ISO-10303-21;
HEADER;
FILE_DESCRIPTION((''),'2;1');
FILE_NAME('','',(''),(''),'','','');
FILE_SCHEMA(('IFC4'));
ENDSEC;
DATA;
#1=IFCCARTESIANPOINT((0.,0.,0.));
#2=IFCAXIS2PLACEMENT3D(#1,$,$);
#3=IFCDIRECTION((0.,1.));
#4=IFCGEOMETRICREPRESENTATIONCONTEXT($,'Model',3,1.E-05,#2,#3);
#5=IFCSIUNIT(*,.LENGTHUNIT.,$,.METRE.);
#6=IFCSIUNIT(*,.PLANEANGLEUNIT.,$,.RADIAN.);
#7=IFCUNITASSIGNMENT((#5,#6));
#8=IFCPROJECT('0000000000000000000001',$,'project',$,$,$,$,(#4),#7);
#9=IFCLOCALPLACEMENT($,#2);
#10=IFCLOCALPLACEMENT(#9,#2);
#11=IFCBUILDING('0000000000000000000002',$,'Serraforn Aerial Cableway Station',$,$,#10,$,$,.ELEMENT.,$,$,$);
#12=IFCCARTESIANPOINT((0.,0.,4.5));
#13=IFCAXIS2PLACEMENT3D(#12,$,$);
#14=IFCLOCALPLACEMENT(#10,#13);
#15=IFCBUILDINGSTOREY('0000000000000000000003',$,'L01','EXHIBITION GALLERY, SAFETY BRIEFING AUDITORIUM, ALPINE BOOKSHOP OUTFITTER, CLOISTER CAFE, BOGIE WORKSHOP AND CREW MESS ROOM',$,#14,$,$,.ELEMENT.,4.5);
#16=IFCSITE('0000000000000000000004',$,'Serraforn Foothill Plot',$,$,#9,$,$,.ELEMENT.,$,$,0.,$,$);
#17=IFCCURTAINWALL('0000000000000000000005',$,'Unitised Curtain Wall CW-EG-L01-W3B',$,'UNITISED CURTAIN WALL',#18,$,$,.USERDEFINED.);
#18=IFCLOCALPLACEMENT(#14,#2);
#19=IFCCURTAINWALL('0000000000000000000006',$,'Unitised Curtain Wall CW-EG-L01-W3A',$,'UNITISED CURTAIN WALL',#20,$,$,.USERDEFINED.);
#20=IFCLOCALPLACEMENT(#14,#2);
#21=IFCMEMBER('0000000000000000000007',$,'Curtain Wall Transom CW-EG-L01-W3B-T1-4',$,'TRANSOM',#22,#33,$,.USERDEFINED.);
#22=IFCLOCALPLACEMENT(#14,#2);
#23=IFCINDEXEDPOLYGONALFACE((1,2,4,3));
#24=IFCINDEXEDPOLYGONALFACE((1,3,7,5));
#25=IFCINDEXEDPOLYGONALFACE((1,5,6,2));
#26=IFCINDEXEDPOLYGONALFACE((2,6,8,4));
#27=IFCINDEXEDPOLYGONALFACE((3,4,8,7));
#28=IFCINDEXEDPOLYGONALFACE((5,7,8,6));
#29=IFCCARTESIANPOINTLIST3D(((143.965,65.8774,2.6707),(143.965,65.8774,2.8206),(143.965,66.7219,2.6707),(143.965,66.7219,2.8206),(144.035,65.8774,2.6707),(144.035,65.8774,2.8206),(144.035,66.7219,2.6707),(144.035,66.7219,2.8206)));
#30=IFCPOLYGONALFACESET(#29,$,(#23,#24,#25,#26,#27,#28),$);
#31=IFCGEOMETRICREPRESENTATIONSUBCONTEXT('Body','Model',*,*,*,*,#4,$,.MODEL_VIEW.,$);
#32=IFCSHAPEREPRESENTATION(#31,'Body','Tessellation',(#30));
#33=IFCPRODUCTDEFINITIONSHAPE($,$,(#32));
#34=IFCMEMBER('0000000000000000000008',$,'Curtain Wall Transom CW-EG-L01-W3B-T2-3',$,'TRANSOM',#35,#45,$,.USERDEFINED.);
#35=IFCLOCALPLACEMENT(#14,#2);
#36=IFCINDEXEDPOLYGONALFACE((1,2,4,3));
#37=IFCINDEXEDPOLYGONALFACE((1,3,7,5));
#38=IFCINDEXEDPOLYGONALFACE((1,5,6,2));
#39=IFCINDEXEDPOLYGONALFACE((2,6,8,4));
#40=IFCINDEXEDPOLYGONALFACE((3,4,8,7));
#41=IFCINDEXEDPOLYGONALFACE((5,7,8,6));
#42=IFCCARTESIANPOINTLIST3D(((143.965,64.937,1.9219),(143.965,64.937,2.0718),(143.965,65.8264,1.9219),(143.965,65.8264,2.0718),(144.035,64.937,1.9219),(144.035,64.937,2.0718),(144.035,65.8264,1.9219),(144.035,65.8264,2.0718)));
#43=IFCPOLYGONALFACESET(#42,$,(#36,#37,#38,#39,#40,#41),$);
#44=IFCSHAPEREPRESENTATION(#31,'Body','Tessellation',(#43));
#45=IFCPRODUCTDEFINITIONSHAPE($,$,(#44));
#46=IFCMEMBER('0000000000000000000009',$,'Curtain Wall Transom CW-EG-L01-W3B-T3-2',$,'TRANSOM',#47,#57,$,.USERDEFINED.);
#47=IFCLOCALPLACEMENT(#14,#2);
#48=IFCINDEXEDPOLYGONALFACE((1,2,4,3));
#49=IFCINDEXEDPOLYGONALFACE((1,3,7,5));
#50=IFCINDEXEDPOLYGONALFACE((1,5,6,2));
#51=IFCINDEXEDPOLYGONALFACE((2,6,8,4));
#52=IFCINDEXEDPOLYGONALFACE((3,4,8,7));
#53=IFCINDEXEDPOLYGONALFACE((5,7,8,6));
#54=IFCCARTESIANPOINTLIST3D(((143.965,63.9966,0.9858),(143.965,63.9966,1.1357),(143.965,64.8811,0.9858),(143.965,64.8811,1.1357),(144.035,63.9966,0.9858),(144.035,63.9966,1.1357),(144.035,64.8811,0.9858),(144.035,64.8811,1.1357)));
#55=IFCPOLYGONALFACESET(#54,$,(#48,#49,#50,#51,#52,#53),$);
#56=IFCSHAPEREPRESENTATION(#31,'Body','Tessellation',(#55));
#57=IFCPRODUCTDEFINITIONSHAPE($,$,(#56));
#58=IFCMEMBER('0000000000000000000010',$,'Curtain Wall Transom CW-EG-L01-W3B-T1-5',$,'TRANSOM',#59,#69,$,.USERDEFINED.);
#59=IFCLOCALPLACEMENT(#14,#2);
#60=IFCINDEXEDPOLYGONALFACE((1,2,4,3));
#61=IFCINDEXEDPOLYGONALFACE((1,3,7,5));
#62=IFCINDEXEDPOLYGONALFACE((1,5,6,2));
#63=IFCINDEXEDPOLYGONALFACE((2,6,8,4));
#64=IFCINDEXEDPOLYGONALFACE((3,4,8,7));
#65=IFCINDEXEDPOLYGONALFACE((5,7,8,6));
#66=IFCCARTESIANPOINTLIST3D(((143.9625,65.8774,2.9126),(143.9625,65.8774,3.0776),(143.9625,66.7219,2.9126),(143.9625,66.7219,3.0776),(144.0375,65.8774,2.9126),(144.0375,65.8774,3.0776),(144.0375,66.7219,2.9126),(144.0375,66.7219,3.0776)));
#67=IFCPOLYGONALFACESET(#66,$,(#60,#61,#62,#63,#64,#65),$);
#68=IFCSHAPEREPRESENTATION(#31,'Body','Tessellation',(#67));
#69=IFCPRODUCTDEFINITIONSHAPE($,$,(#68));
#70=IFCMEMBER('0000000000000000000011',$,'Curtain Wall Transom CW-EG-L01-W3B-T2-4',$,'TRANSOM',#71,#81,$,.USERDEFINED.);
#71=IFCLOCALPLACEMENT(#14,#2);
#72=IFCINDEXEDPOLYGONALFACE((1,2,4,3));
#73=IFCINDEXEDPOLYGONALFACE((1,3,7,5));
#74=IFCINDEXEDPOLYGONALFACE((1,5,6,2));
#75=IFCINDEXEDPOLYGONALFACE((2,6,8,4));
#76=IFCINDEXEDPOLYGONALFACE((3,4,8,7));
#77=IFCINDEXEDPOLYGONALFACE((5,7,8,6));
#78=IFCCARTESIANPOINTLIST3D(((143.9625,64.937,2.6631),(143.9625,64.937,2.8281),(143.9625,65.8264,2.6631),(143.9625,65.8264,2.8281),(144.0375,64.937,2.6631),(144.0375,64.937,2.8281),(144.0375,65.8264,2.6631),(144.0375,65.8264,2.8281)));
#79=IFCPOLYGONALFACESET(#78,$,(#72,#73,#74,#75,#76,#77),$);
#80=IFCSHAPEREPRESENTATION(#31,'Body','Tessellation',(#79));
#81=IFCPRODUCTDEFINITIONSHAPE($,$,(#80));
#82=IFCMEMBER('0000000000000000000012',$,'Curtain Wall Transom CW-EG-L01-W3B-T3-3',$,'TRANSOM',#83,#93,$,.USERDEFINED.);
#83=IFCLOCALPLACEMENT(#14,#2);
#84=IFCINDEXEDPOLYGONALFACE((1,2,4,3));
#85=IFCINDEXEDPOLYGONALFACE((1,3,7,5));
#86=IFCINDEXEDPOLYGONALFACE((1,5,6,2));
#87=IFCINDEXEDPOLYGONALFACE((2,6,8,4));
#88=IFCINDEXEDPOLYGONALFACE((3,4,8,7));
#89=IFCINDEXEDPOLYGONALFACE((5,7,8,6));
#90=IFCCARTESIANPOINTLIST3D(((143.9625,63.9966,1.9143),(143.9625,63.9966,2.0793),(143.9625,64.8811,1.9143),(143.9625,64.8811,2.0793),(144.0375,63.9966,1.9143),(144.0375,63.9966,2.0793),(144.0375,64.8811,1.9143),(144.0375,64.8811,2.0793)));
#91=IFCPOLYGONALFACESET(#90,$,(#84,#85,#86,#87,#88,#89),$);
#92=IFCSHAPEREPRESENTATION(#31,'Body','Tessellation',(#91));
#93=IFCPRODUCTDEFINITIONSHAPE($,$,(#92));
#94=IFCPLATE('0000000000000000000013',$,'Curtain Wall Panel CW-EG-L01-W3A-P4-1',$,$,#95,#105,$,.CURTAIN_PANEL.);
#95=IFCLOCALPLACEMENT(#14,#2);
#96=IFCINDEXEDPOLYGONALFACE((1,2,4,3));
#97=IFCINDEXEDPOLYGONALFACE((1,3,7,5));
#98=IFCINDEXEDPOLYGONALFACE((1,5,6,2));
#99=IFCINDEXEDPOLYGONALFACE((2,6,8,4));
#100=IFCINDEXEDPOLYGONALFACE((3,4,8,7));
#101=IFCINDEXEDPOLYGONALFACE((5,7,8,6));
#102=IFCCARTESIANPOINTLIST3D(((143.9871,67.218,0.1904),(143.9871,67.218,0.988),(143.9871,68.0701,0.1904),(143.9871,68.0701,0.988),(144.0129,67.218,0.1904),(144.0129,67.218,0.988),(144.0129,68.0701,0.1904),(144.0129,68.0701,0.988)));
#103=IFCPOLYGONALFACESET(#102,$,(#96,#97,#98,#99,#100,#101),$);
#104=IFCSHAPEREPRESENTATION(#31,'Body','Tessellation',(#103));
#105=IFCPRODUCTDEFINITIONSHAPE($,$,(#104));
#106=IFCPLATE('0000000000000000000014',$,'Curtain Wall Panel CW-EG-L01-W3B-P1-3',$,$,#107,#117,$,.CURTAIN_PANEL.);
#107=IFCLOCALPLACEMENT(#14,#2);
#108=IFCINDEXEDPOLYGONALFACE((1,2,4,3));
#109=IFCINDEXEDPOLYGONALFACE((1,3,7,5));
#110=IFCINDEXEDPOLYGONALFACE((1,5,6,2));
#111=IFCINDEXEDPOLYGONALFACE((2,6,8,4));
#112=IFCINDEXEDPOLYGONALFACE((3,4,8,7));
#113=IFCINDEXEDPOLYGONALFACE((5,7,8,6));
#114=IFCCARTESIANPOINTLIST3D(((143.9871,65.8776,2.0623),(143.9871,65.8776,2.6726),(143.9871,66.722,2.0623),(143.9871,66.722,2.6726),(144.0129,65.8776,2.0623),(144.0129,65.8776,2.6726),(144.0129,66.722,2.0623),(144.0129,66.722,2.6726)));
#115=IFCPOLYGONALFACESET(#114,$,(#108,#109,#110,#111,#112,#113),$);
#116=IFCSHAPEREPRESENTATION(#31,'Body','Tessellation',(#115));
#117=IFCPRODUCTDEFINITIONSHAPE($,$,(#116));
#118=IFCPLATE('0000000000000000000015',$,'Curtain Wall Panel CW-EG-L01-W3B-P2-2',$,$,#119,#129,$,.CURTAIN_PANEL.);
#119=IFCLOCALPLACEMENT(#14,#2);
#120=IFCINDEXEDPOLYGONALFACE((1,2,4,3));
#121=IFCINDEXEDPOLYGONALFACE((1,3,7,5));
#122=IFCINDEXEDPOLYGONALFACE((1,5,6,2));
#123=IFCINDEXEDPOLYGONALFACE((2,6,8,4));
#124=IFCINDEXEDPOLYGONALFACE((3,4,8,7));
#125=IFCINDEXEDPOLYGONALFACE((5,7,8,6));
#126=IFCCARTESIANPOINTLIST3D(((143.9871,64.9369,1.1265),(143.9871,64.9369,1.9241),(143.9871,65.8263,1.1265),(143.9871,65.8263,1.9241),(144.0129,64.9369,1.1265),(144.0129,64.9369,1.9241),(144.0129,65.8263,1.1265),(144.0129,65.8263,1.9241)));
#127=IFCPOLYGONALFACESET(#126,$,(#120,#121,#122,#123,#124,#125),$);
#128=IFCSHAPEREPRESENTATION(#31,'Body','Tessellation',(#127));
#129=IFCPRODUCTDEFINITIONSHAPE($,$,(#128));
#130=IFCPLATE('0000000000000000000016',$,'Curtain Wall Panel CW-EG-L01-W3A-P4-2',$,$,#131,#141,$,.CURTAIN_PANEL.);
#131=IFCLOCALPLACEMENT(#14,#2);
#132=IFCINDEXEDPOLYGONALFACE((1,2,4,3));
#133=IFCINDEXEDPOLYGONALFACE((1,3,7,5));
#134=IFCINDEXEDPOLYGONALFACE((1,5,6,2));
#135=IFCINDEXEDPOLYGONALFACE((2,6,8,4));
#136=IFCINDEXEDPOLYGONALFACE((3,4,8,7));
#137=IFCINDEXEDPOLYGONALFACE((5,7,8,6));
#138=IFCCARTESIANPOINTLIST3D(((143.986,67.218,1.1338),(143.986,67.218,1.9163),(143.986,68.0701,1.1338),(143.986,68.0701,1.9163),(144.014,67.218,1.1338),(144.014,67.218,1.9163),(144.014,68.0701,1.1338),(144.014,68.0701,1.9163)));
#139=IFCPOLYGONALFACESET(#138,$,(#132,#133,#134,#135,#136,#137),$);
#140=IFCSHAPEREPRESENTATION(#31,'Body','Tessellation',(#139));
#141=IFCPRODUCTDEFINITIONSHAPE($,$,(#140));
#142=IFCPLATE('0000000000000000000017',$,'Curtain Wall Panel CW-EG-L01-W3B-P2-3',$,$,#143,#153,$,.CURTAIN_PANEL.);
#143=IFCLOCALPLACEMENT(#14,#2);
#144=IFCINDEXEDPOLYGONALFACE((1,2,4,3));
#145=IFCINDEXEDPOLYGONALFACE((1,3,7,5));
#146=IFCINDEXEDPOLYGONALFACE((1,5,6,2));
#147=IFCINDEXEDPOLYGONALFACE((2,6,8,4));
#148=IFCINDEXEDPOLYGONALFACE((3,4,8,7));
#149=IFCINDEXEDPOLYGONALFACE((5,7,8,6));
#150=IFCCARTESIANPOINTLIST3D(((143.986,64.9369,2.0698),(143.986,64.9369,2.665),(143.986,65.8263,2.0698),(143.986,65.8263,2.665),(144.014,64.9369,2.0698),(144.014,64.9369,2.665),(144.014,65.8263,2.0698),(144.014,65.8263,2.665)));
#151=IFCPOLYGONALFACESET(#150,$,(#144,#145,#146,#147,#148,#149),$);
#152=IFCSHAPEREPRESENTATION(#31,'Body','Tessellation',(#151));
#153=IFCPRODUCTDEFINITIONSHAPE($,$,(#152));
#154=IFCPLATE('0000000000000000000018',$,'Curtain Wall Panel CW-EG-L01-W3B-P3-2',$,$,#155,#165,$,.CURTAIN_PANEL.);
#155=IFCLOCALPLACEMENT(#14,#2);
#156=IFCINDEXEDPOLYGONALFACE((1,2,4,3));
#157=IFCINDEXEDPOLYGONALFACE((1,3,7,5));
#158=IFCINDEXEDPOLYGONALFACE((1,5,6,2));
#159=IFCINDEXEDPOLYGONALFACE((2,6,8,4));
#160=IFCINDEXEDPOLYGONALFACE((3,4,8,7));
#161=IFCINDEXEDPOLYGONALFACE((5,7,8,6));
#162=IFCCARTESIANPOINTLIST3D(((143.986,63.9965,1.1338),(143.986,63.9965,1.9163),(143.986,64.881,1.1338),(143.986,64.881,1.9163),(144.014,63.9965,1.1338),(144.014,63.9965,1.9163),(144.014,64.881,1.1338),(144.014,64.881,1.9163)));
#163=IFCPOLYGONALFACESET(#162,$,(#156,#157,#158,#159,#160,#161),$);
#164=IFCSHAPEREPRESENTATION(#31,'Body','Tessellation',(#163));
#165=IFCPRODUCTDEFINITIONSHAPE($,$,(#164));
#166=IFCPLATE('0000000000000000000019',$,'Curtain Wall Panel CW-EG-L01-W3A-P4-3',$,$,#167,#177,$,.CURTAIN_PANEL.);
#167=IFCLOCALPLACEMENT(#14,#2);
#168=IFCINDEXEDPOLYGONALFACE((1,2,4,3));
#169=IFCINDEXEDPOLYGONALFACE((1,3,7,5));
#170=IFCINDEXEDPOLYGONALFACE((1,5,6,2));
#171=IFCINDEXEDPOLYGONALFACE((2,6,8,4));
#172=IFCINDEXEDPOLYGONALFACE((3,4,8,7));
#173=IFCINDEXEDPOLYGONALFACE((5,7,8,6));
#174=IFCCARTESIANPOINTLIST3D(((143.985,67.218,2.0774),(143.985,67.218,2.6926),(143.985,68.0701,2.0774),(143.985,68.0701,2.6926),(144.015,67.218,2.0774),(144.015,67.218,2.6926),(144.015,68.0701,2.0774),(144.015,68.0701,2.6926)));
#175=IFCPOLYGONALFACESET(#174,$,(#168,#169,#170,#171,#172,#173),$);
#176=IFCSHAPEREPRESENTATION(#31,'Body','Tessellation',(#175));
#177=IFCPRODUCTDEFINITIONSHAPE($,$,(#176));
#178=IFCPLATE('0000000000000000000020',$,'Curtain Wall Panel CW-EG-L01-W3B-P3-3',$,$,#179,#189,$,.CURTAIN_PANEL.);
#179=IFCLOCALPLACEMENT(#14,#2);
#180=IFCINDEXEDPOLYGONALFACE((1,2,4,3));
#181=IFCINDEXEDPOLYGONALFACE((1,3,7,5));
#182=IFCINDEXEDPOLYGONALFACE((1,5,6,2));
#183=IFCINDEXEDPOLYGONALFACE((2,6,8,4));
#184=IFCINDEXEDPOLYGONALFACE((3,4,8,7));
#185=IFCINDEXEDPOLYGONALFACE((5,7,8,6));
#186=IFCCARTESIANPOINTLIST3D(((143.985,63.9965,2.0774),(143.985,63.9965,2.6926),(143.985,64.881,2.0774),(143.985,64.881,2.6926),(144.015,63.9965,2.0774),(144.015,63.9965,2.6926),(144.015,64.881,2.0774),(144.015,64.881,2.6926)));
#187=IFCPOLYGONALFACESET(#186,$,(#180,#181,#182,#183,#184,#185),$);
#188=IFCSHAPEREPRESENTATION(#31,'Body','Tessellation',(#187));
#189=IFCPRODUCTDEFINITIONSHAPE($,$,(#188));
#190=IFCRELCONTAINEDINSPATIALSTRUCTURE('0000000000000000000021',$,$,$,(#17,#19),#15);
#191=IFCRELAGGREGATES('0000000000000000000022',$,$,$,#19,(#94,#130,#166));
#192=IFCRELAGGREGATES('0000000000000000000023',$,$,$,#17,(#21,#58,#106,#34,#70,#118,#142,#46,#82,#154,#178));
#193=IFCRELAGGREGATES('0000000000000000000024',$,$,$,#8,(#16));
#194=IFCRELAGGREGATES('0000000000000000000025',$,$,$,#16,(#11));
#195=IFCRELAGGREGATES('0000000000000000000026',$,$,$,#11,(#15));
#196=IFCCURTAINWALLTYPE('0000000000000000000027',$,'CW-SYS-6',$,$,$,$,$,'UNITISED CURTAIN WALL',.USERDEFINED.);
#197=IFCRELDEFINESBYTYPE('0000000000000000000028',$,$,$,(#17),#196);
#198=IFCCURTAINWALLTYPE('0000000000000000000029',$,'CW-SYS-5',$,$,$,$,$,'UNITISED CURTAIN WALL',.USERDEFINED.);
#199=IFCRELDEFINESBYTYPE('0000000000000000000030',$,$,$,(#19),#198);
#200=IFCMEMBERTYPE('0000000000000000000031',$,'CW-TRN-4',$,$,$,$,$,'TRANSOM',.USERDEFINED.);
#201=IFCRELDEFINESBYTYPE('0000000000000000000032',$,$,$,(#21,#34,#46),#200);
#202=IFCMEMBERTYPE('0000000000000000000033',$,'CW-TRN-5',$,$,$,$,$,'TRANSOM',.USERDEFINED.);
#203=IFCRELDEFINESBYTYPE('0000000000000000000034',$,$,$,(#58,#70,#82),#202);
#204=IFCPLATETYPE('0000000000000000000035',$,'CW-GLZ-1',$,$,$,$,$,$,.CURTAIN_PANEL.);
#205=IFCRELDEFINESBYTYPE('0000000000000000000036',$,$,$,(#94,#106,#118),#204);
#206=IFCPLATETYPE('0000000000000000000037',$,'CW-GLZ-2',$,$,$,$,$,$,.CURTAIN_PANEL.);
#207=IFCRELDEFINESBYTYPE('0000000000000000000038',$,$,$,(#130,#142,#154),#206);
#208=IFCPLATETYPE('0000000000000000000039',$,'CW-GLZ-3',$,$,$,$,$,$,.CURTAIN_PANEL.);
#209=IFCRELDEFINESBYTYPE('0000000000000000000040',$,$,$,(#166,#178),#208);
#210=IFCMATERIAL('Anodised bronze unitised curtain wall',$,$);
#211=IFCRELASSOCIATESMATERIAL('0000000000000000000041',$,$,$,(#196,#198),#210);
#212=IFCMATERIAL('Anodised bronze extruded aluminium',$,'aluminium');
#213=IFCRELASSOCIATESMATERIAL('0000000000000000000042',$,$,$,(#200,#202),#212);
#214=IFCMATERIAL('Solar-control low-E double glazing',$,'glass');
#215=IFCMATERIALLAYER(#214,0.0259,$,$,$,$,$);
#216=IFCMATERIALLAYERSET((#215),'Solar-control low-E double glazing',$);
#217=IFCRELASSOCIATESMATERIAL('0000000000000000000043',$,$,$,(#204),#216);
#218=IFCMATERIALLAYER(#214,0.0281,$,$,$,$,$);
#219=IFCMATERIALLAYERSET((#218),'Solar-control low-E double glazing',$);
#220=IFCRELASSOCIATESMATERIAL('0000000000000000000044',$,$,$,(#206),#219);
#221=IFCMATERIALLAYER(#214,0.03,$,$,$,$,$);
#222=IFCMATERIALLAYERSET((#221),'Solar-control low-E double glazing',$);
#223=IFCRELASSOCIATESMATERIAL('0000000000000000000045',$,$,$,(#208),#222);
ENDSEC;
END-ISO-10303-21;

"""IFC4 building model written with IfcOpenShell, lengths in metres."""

from ifc_helpers import new_model, si_unit, direction, frame, origin, origin_2d, place, context, subcontext, project, spatial, rectangle, extrude, material, layer, layer_set, material_profile, profile_set, type_object, element, aggregate, save


model = new_model("IFC4")

# Units and contexts
model_context = context("Model", 3, precision=1e-05, world=origin(), true_north=direction((0.0, 1.0)))
body_context = subcontext(model_context, "Body", "Model", "MODEL_VIEW")
ifc_project = project(units=[si_unit("LENGTHUNIT", "METRE"), si_unit("PLANEANGLEUNIT", "RADIAN")], contexts=[model_context])

# Site, building, storey
site_placement = place(None, origin())
site = spatial("IfcSite", under=ifc_project, at=site_placement, Name="Serraforn Foothill Plot", CompositionType="ELEMENT", RefElevation=0.0)
building_placement = place(site_placement, origin())
building = spatial("IfcBuilding", under=site, at=building_placement, Name="Serraforn Aerial Cableway Station", CompositionType="ELEMENT")
storey_placement = place(building_placement, frame((0.0, 0.0, 4.5)))
storey = spatial("IfcBuildingStorey", under=building, at=storey_placement, Name="L01", Description="EXHIBITION GALLERY, SAFETY BRIEFING AUDITORIUM, ALPINE BOOKSHOP OUTFITTER, CLOISTER CAFE, BOGIE WORKSHOP AND CREW MESS ROOM", CompositionType="ELEMENT", Elevation=4.5)

# Curtain wall
ifc_material_1 = material(Name="Anodised bronze unitised curtain wall")
curtain_wall_type_1 = type_object("IfcCurtainWallType", Name="CW-SYS-6", ElementType="UNITISED CURTAIN WALL", PredefinedType="USERDEFINED", material=ifc_material_1)
curtain_wall_1_placement = place(storey_placement, origin())
curtain_wall_1 = element("IfcCurtainWall", 1, at=curtain_wall_1_placement, inside=storey, type_object=curtain_wall_type_1, Name="Unitised Curtain Wall CW-EG-L01-W3B", ObjectType="UNITISED CURTAIN WALL", PredefinedType="USERDEFINED")
ifc_material_2 = material(Name="Anodised bronze extruded aluminium", Category="aluminium")

# Curtain wall
curtain_wall_type_2 = type_object("IfcCurtainWallType", Name="CW-SYS-5", ElementType="UNITISED CURTAIN WALL", PredefinedType="USERDEFINED", material=ifc_material_1)
curtain_wall_2_placement = place(storey_placement, origin())
curtain_wall_2 = element("IfcCurtainWall", 2, at=curtain_wall_2_placement, inside=storey, type_object=curtain_wall_type_2, Name="Unitised Curtain Wall CW-EG-L01-W3A", ObjectType="UNITISED CURTAIN WALL", PredefinedType="USERDEFINED")

# Members
ifc_material_profile_1 = material_profile(ifc_material_2, rectangle(XDim=0.0701, YDim=0.1499, at=origin_2d()), Name="CW TRANSOM 70x150")
ifc_profile_set_1 = profile_set([ifc_material_profile_1], Name="Anodised bronze extruded aluminium")
member_type_1 = type_object("IfcMemberType", Name="CW-TRN-4", ElementType="TRANSOM", PredefinedType="USERDEFINED", material=ifc_profile_set_1)
member_1_placement = place(storey_placement, frame((144.0, 66.7219, 2.7456), z_axis=(0.0, -1.0, 0.0), x_axis=(1.0, 0.0, 0.0)))
member_1 = element("IfcMember", 3, at=member_1_placement, type_object=member_type_1, Name="Curtain Wall Transom CW-EG-L01-W3B-T1-4", ObjectType="TRANSOM", PredefinedType="USERDEFINED", context=body_context, shape_type="SweptSolid", body=[
    extrude(rectangle(XDim=0.0701, YDim=0.1499, at=origin_2d()), origin(), (0.0, 0.0, 1.0), 0.8445),
])
member_2_placement = place(storey_placement, frame((144.0, 65.8264, 1.9968), z_axis=(0.0, -1.0, 0.0), x_axis=(1.0, 0.0, 0.0)))
member_2 = element("IfcMember", 4, at=member_2_placement, type_object=member_type_1, Name="Curtain Wall Transom CW-EG-L01-W3B-T2-3", ObjectType="TRANSOM", PredefinedType="USERDEFINED", context=body_context, shape_type="SweptSolid", body=[
    extrude(rectangle(XDim=0.0701, YDim=0.1499, at=origin_2d()), origin(), (0.0, 0.0, 1.0), 0.8894),
])
member_3_placement = place(storey_placement, frame((144.0, 64.8811, 1.0608), z_axis=(0.0, -1.0, 0.0), x_axis=(1.0, 0.0, 0.0)))
member_3 = element("IfcMember", 5, at=member_3_placement, type_object=member_type_1, Name="Curtain Wall Transom CW-EG-L01-W3B-T3-2", ObjectType="TRANSOM", PredefinedType="USERDEFINED", context=body_context, shape_type="SweptSolid", body=[
    extrude(rectangle(XDim=0.0701, YDim=0.1499, at=origin_2d()), origin(), (0.0, 0.0, 1.0), 0.8845),
])
ifc_material_profile_2 = material_profile(ifc_material_2, rectangle(XDim=0.075, YDim=0.165, at=origin_2d()), Name="CW TRANSOM 75x165")
ifc_profile_set_2 = profile_set([ifc_material_profile_2], Name="Anodised bronze extruded aluminium")
member_type_2 = type_object("IfcMemberType", Name="CW-TRN-5", ElementType="TRANSOM", PredefinedType="USERDEFINED", material=ifc_profile_set_2)
member_4_placement = place(storey_placement, frame((144.0, 66.7219, 2.9951), z_axis=(0.0, -1.0, 0.0), x_axis=(1.0, 0.0, 0.0)))
member_4 = element("IfcMember", 6, at=member_4_placement, type_object=member_type_2, Name="Curtain Wall Transom CW-EG-L01-W3B-T1-5", ObjectType="TRANSOM", PredefinedType="USERDEFINED", context=body_context, shape_type="SweptSolid", body=[
    extrude(rectangle(XDim=0.075, YDim=0.165, at=origin_2d()), origin(), (0.0, 0.0, 1.0), 0.8445),
])
member_5_placement = place(storey_placement, frame((144.0, 65.8264, 2.7456), z_axis=(0.0, -1.0, 0.0), x_axis=(1.0, 0.0, 0.0)))
member_5 = element("IfcMember", 7, at=member_5_placement, type_object=member_type_2, Name="Curtain Wall Transom CW-EG-L01-W3B-T2-4", ObjectType="TRANSOM", PredefinedType="USERDEFINED", context=body_context, shape_type="SweptSolid", body=[
    extrude(rectangle(XDim=0.075, YDim=0.165, at=origin_2d()), origin(), (0.0, 0.0, 1.0), 0.8894),
])
member_6_placement = place(storey_placement, frame((144.0, 64.8811, 1.9968), z_axis=(0.0, -1.0, 0.0), x_axis=(1.0, 0.0, 0.0)))
member_6 = element("IfcMember", 8, at=member_6_placement, type_object=member_type_2, Name="Curtain Wall Transom CW-EG-L01-W3B-T3-3", ObjectType="TRANSOM", PredefinedType="USERDEFINED", context=body_context, shape_type="SweptSolid", body=[
    extrude(rectangle(XDim=0.075, YDim=0.165, at=origin_2d()), origin(), (0.0, 0.0, 1.0), 0.8845),
])

# Plates
ifc_material_3 = material(Name="Solar-control low-E double glazing", Category="glass")
ifc_layer_1 = layer(ifc_material_3, 0.0259)
ifc_layer_set_1 = layer_set([ifc_layer_1], Name="Solar-control low-E double glazing")
plate_type_1 = type_object("IfcPlateType", Name="CW-GLZ-1", PredefinedType="CURTAIN_PANEL", material=ifc_layer_set_1)
plate_1_placement = place(storey_placement, frame((144.0, 67.644, 0.1904), z_axis=(0.0, 0.0, 1.0), x_axis=(1.0, 0.0, 0.0)))
plate_1 = element("IfcPlate", 9, at=plate_1_placement, type_object=plate_type_1, Name="Curtain Wall Panel CW-EG-L01-W3A-P4-1", PredefinedType="CURTAIN_PANEL", context=body_context, shape_type="SweptSolid", body=[
    extrude(rectangle(XDim=0.0259, YDim=0.8521, at=origin_2d()), origin(), (0.0, 0.0, 1.0), 0.7976),
])
plate_2_placement = place(storey_placement, frame((144.0, 66.2998, 2.0623), z_axis=(0.0, 0.0, 1.0), x_axis=(1.0, 0.0, 0.0)))
plate_2 = element("IfcPlate", 10, at=plate_2_placement, type_object=plate_type_1, Name="Curtain Wall Panel CW-EG-L01-W3B-P1-3", PredefinedType="CURTAIN_PANEL", context=body_context, shape_type="SweptSolid", body=[
    extrude(rectangle(XDim=0.0259, YDim=0.8445, at=origin_2d()), origin(), (0.0, 0.0, 1.0), 0.6104),
])
plate_3_placement = place(storey_placement, frame((144.0, 65.3816, 1.1265), z_axis=(0.0, 0.0, 1.0), x_axis=(1.0, 0.0, 0.0)))
plate_3 = element("IfcPlate", 11, at=plate_3_placement, type_object=plate_type_1, Name="Curtain Wall Panel CW-EG-L01-W3B-P2-2", PredefinedType="CURTAIN_PANEL", context=body_context, shape_type="SweptSolid", body=[
    extrude(rectangle(XDim=0.0259, YDim=0.8894, at=origin_2d()), origin(), (0.0, 0.0, 1.0), 0.7976),
])
ifc_layer_2 = layer(ifc_material_3, 0.0281)
ifc_layer_set_2 = layer_set([ifc_layer_2], Name="Solar-control low-E double glazing")
plate_type_2 = type_object("IfcPlateType", Name="CW-GLZ-2", PredefinedType="CURTAIN_PANEL", material=ifc_layer_set_2)
plate_4_placement = place(storey_placement, frame((144.0, 67.644, 1.1338), z_axis=(0.0, 0.0, 1.0), x_axis=(1.0, 0.0, 0.0)))
plate_4 = element("IfcPlate", 12, at=plate_4_placement, type_object=plate_type_2, Name="Curtain Wall Panel CW-EG-L01-W3A-P4-2", PredefinedType="CURTAIN_PANEL", context=body_context, shape_type="SweptSolid", body=[
    extrude(rectangle(XDim=0.0281, YDim=0.8521, at=origin_2d()), origin(), (0.0, 0.0, 1.0), 0.7825),
])
plate_5_placement = place(storey_placement, frame((144.0, 65.3816, 2.0698), z_axis=(0.0, 0.0, 1.0), x_axis=(1.0, 0.0, 0.0)))
plate_5 = element("IfcPlate", 13, at=plate_5_placement, type_object=plate_type_2, Name="Curtain Wall Panel CW-EG-L01-W3B-P2-3", PredefinedType="CURTAIN_PANEL", context=body_context, shape_type="SweptSolid", body=[
    extrude(rectangle(XDim=0.0281, YDim=0.8894, at=origin_2d()), origin(), (0.0, 0.0, 1.0), 0.5952),
])
plate_6_placement = place(storey_placement, frame((144.0, 64.4387, 1.1338), z_axis=(0.0, 0.0, 1.0), x_axis=(1.0, 0.0, 0.0)))
plate_6 = element("IfcPlate", 14, at=plate_6_placement, type_object=plate_type_2, Name="Curtain Wall Panel CW-EG-L01-W3B-P3-2", PredefinedType="CURTAIN_PANEL", context=body_context, shape_type="SweptSolid", body=[
    extrude(rectangle(XDim=0.0281, YDim=0.8845, at=origin_2d()), origin(), (0.0, 0.0, 1.0), 0.7825),
])
ifc_layer_3 = layer(ifc_material_3, 0.03)
ifc_layer_set_3 = layer_set([ifc_layer_3], Name="Solar-control low-E double glazing")
plate_type_3 = type_object("IfcPlateType", Name="CW-GLZ-3", PredefinedType="CURTAIN_PANEL", material=ifc_layer_set_3)
plate_7_placement = place(storey_placement, frame((144.0, 67.644, 2.0774), z_axis=(0.0, 0.0, 1.0), x_axis=(1.0, 0.0, 0.0)))
plate_7 = element("IfcPlate", 15, at=plate_7_placement, type_object=plate_type_3, Name="Curtain Wall Panel CW-EG-L01-W3A-P4-3", PredefinedType="CURTAIN_PANEL", context=body_context, shape_type="SweptSolid", body=[
    extrude(rectangle(XDim=0.03, YDim=0.8521, at=origin_2d()), origin(), (0.0, 0.0, 1.0), 0.6152),
])
aggregate(curtain_wall_2, [plate_1, plate_4, plate_7])
plate_8_placement = place(storey_placement, frame((144.0, 64.4387, 2.0774), z_axis=(0.0, 0.0, 1.0), x_axis=(1.0, 0.0, 0.0)))
plate_8 = element("IfcPlate", 16, at=plate_8_placement, type_object=plate_type_3, Name="Curtain Wall Panel CW-EG-L01-W3B-P3-3", PredefinedType="CURTAIN_PANEL", context=body_context, shape_type="SweptSolid", body=[
    extrude(rectangle(XDim=0.03, YDim=0.8845, at=origin_2d()), origin(), (0.0, 0.0, 1.0), 0.6152),
])
aggregate(curtain_wall_1, [member_1, member_4, plate_2, member_2, member_5, plate_3, plate_5, member_3, member_6, plate_6, plate_8])

save(model, "model.ifc")
